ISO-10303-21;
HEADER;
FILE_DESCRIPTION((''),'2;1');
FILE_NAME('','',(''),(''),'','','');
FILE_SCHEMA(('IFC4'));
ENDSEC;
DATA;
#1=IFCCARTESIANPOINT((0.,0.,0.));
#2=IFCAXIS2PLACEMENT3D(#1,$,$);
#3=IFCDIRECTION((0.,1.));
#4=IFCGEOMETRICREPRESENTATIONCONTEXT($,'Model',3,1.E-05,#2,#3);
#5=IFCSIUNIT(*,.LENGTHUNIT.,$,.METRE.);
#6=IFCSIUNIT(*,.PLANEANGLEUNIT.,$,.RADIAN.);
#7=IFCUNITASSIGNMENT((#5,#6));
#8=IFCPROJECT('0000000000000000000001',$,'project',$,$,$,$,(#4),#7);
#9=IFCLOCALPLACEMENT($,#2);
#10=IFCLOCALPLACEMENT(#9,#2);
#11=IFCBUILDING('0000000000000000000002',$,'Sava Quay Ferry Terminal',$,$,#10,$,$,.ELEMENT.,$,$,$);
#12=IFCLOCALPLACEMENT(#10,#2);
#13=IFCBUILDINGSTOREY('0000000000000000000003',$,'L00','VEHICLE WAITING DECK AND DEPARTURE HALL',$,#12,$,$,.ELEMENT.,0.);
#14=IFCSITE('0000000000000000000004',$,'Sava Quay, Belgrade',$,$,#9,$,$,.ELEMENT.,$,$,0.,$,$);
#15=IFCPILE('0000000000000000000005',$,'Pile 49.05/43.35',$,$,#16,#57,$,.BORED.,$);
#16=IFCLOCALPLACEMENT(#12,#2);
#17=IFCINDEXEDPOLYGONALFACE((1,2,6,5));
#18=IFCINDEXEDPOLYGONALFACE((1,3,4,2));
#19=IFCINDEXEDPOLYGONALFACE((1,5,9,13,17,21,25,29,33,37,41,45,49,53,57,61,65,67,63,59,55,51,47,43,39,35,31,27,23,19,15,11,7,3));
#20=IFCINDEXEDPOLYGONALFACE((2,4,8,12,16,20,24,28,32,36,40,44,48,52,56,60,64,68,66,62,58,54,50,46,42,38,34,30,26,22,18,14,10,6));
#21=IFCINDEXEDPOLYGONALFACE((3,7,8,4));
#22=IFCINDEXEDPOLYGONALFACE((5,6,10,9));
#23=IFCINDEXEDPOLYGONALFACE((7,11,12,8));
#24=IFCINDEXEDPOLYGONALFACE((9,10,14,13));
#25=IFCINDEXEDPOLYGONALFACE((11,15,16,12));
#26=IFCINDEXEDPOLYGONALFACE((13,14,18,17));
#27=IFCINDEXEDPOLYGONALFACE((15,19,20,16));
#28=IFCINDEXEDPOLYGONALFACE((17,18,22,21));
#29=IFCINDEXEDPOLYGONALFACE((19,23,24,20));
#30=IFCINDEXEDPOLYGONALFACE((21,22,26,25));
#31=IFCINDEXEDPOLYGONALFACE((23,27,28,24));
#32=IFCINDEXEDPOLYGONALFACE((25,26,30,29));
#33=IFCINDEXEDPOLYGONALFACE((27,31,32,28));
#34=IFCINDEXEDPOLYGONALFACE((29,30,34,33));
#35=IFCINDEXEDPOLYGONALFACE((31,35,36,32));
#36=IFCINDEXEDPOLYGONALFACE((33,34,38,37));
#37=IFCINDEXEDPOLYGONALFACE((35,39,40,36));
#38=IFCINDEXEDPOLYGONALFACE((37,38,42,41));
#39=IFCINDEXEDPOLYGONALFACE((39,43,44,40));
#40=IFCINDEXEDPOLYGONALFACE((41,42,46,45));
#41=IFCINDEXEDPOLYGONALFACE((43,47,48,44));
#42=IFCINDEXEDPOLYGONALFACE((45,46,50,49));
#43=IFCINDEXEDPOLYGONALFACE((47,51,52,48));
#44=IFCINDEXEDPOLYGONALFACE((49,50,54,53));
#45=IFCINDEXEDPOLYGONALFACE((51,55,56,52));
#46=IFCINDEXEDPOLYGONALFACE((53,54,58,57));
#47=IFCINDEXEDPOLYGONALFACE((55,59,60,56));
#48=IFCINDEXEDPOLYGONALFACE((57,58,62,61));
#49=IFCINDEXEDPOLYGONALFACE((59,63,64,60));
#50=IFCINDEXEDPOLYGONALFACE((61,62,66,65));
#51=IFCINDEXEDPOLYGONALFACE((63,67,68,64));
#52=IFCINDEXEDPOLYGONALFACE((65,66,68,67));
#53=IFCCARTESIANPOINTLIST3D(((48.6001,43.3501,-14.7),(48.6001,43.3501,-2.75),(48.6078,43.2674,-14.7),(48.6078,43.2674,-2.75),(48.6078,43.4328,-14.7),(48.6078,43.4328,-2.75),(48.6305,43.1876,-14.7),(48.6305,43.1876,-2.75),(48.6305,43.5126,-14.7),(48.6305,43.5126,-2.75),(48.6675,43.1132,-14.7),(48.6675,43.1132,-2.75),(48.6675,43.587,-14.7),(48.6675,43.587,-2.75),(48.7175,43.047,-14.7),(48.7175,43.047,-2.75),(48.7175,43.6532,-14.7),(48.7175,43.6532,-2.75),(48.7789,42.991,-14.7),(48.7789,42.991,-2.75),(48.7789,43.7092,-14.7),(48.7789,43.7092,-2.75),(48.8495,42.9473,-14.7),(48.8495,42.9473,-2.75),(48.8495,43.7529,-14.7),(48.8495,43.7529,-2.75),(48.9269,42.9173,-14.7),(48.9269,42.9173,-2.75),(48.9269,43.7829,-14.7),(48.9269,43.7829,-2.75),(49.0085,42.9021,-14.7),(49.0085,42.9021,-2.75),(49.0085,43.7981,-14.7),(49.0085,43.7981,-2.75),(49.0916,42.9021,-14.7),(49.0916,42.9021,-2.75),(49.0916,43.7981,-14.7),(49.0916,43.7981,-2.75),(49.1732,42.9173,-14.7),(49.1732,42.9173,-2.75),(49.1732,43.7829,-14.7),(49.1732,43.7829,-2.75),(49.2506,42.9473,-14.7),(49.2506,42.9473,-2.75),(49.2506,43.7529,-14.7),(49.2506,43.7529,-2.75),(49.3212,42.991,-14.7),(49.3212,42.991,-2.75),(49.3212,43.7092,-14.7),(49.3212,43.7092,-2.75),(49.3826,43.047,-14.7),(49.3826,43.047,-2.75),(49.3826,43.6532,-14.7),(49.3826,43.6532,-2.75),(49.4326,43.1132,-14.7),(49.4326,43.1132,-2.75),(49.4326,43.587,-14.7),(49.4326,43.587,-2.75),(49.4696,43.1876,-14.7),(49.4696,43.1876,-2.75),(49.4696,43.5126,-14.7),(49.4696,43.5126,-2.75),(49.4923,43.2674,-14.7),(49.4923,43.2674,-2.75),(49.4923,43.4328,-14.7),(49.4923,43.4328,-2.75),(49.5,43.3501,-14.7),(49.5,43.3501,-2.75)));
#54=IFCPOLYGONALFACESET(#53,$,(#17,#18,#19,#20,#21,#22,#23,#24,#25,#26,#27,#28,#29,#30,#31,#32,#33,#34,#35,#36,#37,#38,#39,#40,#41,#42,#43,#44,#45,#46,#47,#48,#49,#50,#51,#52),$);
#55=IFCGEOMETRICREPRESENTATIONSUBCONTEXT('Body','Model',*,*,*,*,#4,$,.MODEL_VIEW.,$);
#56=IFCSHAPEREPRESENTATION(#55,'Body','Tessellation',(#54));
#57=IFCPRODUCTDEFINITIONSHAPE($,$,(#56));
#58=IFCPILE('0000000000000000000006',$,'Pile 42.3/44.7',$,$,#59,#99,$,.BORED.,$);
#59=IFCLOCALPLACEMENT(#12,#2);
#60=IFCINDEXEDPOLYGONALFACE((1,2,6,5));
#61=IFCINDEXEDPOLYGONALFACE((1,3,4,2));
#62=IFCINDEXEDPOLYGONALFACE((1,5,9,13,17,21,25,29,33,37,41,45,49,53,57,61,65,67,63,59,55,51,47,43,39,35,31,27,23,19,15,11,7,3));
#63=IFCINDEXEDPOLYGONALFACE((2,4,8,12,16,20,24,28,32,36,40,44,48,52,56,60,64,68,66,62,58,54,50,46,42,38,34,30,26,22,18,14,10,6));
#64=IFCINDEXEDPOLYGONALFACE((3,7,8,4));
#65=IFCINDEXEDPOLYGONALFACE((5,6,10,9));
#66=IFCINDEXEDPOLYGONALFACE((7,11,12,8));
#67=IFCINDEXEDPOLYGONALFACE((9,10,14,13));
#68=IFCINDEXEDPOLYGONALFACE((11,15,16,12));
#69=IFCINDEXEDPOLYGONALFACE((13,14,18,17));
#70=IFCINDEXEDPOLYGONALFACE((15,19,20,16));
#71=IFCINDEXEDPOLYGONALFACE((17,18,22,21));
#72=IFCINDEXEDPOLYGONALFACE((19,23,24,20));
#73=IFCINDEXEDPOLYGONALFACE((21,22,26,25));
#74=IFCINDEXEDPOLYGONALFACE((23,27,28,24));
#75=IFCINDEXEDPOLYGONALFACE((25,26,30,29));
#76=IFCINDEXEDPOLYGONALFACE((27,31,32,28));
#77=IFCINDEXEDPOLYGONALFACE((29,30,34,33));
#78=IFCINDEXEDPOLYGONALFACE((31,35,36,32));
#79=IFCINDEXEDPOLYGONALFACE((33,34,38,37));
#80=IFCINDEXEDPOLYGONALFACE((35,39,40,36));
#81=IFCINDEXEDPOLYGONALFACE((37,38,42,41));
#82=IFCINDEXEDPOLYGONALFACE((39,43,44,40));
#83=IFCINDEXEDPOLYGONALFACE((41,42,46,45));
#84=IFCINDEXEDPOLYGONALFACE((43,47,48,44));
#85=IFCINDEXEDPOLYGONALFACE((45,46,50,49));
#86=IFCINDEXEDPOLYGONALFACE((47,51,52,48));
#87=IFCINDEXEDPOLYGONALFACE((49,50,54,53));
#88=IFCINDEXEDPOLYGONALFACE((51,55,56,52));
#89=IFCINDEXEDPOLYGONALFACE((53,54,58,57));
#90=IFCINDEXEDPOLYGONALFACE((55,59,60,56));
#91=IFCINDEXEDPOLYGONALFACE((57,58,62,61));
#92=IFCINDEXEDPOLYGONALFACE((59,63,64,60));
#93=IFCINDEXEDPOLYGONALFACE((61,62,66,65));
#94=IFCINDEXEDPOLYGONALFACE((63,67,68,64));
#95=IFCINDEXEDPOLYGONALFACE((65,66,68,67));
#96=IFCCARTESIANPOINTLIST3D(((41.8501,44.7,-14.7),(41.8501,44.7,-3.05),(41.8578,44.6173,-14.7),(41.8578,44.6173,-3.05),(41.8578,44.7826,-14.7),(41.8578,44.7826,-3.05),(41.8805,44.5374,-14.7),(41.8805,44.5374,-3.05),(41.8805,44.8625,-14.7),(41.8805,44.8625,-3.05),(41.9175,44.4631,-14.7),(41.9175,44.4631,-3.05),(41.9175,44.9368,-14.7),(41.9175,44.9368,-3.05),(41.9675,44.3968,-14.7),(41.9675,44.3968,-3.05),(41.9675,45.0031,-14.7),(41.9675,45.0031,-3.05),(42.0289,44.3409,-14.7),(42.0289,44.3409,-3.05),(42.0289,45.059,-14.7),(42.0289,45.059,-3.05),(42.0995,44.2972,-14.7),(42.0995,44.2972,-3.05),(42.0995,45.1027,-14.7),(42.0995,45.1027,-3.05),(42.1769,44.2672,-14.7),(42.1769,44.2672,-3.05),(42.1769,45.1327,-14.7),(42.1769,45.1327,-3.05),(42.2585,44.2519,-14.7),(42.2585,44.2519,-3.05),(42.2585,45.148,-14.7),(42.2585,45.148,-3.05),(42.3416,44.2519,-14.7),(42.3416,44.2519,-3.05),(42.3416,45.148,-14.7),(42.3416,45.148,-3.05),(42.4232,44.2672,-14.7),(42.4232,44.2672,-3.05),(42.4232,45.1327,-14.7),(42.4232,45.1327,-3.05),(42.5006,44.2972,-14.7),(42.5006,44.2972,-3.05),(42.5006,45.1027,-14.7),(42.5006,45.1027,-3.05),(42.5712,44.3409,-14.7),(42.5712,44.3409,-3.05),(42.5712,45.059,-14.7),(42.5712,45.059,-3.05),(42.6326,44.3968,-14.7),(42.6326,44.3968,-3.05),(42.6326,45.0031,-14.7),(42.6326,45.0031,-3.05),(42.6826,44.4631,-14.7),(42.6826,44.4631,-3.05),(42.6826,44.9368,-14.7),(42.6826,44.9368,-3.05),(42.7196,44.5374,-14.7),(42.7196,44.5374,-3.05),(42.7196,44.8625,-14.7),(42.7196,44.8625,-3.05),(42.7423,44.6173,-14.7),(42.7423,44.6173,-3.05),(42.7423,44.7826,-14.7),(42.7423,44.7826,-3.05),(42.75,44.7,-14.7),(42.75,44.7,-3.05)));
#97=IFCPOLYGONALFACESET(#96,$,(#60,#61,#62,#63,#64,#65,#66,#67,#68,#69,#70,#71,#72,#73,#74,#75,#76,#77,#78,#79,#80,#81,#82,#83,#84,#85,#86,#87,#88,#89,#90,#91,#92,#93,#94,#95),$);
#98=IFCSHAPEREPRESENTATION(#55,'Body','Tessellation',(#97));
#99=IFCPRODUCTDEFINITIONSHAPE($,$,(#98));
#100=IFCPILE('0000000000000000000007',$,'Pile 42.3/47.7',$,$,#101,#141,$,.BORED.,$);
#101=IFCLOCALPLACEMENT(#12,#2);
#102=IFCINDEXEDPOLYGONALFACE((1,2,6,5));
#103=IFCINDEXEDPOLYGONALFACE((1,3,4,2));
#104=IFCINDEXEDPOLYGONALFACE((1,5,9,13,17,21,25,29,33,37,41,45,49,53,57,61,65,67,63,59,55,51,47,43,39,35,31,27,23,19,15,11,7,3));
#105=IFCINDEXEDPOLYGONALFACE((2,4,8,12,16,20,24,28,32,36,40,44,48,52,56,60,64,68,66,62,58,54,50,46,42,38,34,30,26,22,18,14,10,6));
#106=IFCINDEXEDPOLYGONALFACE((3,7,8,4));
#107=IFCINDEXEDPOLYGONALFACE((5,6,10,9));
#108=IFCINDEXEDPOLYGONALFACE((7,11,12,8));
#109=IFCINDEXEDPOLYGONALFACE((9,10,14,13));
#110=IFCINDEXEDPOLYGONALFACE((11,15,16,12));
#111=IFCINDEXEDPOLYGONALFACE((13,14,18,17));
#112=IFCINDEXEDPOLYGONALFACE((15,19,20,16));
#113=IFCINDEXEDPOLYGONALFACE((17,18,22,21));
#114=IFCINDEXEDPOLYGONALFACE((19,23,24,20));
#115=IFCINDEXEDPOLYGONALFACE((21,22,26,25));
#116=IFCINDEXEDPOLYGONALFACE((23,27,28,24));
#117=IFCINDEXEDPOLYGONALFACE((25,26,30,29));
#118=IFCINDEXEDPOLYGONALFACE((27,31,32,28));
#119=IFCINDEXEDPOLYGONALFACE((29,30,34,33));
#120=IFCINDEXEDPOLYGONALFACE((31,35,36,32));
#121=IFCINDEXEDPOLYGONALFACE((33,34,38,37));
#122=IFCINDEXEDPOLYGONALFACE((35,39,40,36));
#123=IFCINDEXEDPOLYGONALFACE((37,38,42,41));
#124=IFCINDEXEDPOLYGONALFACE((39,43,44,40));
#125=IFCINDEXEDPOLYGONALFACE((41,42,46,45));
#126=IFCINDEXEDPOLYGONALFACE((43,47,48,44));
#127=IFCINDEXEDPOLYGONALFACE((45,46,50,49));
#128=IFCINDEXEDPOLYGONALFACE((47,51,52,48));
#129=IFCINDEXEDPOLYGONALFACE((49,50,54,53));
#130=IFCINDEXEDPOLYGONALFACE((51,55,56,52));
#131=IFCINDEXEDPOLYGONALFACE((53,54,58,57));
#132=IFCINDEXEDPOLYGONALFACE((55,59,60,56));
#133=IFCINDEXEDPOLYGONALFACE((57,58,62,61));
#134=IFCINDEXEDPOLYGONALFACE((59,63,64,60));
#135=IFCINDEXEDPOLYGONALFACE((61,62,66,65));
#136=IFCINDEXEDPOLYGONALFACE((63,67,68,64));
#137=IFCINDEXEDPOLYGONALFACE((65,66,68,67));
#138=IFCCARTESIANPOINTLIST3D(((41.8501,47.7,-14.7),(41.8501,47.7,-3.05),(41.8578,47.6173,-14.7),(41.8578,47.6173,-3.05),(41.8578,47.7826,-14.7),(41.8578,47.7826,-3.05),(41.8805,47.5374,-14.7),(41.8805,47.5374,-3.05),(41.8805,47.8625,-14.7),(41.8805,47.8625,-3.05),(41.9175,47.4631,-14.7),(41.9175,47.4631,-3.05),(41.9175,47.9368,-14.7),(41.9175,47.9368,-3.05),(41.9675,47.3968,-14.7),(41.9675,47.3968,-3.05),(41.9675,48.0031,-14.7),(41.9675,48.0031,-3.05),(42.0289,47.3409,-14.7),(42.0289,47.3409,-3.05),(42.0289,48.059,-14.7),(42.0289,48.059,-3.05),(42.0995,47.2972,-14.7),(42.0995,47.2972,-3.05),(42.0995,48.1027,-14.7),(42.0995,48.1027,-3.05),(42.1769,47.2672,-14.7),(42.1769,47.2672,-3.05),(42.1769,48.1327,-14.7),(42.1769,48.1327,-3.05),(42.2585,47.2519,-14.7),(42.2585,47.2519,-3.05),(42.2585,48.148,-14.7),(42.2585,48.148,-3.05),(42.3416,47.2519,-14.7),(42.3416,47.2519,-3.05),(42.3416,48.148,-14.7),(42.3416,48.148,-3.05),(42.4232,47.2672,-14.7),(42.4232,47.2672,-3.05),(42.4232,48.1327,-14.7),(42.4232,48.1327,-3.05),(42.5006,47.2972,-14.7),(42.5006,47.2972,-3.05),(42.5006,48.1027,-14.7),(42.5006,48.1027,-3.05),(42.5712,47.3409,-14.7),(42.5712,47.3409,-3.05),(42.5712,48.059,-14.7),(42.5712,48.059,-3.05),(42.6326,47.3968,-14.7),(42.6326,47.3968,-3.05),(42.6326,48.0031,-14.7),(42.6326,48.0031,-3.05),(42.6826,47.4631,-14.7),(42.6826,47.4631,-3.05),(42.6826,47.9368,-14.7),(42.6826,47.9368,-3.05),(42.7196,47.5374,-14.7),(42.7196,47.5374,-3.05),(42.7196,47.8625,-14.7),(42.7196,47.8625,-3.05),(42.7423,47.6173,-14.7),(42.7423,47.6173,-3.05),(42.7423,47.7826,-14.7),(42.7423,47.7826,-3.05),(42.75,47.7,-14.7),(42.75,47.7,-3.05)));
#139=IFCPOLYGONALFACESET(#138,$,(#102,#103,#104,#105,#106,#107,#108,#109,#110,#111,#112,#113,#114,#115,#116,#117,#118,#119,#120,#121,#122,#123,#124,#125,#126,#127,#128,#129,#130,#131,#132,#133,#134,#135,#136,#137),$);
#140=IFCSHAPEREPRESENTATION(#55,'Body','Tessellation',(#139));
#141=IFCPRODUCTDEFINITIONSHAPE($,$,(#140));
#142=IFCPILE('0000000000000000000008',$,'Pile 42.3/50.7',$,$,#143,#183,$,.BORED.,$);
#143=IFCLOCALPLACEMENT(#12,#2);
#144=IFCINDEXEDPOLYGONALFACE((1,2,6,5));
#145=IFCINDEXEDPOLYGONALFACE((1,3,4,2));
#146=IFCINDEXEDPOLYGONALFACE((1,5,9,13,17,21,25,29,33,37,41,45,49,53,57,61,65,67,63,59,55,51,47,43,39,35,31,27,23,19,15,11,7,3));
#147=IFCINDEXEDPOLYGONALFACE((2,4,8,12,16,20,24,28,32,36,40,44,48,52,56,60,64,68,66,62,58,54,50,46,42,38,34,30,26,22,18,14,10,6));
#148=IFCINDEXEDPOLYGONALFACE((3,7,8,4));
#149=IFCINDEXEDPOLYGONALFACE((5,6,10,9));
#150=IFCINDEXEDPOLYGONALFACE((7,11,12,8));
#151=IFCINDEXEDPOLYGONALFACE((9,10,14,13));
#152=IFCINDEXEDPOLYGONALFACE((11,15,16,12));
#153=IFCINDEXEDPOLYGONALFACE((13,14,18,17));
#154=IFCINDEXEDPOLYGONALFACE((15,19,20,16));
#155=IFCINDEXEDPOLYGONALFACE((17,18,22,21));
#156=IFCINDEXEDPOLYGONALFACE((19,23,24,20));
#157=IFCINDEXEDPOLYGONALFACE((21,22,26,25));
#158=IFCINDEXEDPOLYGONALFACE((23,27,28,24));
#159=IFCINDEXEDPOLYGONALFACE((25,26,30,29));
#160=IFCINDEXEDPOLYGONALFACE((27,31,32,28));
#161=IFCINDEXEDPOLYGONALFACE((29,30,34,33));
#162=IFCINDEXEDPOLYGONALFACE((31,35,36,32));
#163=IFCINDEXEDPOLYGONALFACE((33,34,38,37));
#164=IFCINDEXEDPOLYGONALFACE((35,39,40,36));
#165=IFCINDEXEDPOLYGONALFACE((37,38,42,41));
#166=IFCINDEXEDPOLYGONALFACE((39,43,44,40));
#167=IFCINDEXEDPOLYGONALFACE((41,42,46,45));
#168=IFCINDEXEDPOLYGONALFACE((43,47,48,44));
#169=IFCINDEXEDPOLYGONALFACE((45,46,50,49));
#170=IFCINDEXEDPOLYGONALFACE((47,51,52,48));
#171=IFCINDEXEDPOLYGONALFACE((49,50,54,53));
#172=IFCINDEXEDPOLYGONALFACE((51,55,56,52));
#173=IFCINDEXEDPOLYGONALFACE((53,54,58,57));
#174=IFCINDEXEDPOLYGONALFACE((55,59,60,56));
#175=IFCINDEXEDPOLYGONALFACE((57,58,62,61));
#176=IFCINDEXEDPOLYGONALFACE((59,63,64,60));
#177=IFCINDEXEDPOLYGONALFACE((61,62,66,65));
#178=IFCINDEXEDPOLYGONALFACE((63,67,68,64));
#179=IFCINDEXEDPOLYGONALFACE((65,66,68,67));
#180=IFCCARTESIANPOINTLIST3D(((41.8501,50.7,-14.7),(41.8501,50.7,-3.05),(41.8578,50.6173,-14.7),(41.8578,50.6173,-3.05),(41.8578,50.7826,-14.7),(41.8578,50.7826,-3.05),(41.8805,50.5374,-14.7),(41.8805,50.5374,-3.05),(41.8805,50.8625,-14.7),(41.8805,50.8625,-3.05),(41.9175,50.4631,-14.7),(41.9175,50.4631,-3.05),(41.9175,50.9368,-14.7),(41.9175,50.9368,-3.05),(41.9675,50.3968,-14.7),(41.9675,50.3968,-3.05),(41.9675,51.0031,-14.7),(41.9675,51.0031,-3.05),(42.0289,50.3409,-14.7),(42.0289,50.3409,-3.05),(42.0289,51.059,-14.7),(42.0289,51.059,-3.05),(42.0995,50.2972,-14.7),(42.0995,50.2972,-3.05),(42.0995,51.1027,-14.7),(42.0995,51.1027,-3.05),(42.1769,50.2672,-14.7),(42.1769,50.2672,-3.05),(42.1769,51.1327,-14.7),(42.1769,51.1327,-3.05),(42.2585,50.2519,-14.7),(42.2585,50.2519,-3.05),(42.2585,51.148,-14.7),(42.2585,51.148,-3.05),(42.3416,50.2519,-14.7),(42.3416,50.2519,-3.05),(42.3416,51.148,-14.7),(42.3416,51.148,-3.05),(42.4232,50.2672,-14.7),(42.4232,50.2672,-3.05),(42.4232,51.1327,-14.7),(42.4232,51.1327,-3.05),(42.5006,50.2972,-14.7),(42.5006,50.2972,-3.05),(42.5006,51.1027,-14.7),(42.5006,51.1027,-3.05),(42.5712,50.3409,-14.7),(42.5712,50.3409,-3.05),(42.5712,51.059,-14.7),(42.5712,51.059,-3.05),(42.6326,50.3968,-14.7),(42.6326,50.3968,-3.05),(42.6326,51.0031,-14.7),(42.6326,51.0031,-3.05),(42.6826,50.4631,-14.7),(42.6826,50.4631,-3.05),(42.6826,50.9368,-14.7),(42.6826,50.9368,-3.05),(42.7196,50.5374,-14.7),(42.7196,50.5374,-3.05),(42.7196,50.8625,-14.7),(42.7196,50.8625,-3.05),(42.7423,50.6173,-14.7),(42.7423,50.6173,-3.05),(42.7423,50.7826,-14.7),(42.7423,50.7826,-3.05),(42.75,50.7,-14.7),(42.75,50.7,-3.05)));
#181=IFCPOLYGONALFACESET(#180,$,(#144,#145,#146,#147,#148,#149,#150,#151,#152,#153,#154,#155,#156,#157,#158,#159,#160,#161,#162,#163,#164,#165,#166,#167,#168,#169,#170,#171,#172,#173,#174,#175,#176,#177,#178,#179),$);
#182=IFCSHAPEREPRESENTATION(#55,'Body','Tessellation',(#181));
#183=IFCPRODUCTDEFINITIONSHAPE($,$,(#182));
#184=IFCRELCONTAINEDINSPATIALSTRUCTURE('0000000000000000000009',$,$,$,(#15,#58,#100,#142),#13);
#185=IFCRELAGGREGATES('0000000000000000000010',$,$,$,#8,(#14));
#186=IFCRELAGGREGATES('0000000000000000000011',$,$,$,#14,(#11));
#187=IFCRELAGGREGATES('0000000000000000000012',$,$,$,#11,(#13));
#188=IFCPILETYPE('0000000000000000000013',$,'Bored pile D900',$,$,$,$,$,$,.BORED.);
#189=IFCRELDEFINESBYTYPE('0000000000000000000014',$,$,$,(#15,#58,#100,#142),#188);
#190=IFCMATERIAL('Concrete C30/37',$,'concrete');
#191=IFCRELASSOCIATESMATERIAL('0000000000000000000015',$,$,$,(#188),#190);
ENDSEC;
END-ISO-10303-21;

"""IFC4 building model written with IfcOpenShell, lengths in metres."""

from ifc_helpers import new_model, si_unit, direction, frame, origin, origin_2d, place, context, subcontext, project, spatial, circle, extrude, material, material_profile, profile_set, type_object, element, save


model = new_model("IFC4")

# Units and contexts
model_context = context("Model", 3, precision=1e-05, world=origin(), true_north=direction((0.0, 1.0)))
body_context = subcontext(model_context, "Body", "Model", "MODEL_VIEW")
ifc_project = project(units=[si_unit("LENGTHUNIT", "METRE"), si_unit("PLANEANGLEUNIT", "RADIAN")], contexts=[model_context])

# Site, building, storey
site_placement = place(None, origin())
site = spatial("IfcSite", under=ifc_project, at=site_placement, Name="Sava Quay, Belgrade", CompositionType="ELEMENT", RefElevation=0.0)
building_placement = place(site_placement, origin())
building = spatial("IfcBuilding", under=site, at=building_placement, Name="Sava Quay Ferry Terminal", CompositionType="ELEMENT")
storey_placement = place(building_placement, origin())
storey = spatial("IfcBuildingStorey", under=building, at=storey_placement, Name="L00", Description="VEHICLE WAITING DECK AND DEPARTURE HALL", CompositionType="ELEMENT", Elevation=0.0)

# Piles
ifc_material_1 = material(Name="Concrete C30/37", Category="concrete")
ifc_material_profile_1 = material_profile(ifc_material_1, circle(Radius=0.45, at=origin_2d()), Name="Bored pile D900")
ifc_profile_set_1 = profile_set([ifc_material_profile_1], Name="Concrete C30/37")
pile_type = type_object("IfcPileType", Name="Bored pile D900", PredefinedType="BORED", material=ifc_profile_set_1)
pile_placement = place(storey_placement, frame((49.05, 43.3501, -2.75), z_axis=(0.0, 0.0, -1.0), x_axis=(1.0, 0.0, 0.0)))
element("IfcPile", 1, at=pile_placement, inside=storey, type_object=pile_type, Name="Pile 49.05/43.35", PredefinedType="BORED", context=body_context, shape_type="SweptSolid", body=[
    extrude(circle(Radius=0.45, at=origin_2d()), origin(), (0.0, 0.0, 1.0), 11.95),
])
for number, where, z_axis, x_axis, name in (
    (2, (42.3, 44.7, -3.05), (0.0, 0.0, -1.0), (1.0, 0.0, 0.0), "Pile 42.3/44.7"),
    (3, (42.3, 47.7, -3.05), (0.0, 0.0, -1.0), (1.0, 0.0, 0.0), "Pile 42.3/47.7"),
    (4, (42.3, 50.7, -3.05), (0.0, 0.0, -1.0), (1.0, 0.0, 0.0), "Pile 42.3/50.7"),
):
    element("IfcPile", number, at=place(storey_placement, frame(where, z_axis=z_axis, x_axis=x_axis)), inside=storey, type_object=pile_type, Name=name, PredefinedType="BORED", context=body_context, shape_type="SweptSolid", body=[
        extrude(circle(Radius=0.45, at=origin_2d()), origin(), (0.0, 0.0, 1.0), 11.6499),
    ])

save(model, "model.ifc")
